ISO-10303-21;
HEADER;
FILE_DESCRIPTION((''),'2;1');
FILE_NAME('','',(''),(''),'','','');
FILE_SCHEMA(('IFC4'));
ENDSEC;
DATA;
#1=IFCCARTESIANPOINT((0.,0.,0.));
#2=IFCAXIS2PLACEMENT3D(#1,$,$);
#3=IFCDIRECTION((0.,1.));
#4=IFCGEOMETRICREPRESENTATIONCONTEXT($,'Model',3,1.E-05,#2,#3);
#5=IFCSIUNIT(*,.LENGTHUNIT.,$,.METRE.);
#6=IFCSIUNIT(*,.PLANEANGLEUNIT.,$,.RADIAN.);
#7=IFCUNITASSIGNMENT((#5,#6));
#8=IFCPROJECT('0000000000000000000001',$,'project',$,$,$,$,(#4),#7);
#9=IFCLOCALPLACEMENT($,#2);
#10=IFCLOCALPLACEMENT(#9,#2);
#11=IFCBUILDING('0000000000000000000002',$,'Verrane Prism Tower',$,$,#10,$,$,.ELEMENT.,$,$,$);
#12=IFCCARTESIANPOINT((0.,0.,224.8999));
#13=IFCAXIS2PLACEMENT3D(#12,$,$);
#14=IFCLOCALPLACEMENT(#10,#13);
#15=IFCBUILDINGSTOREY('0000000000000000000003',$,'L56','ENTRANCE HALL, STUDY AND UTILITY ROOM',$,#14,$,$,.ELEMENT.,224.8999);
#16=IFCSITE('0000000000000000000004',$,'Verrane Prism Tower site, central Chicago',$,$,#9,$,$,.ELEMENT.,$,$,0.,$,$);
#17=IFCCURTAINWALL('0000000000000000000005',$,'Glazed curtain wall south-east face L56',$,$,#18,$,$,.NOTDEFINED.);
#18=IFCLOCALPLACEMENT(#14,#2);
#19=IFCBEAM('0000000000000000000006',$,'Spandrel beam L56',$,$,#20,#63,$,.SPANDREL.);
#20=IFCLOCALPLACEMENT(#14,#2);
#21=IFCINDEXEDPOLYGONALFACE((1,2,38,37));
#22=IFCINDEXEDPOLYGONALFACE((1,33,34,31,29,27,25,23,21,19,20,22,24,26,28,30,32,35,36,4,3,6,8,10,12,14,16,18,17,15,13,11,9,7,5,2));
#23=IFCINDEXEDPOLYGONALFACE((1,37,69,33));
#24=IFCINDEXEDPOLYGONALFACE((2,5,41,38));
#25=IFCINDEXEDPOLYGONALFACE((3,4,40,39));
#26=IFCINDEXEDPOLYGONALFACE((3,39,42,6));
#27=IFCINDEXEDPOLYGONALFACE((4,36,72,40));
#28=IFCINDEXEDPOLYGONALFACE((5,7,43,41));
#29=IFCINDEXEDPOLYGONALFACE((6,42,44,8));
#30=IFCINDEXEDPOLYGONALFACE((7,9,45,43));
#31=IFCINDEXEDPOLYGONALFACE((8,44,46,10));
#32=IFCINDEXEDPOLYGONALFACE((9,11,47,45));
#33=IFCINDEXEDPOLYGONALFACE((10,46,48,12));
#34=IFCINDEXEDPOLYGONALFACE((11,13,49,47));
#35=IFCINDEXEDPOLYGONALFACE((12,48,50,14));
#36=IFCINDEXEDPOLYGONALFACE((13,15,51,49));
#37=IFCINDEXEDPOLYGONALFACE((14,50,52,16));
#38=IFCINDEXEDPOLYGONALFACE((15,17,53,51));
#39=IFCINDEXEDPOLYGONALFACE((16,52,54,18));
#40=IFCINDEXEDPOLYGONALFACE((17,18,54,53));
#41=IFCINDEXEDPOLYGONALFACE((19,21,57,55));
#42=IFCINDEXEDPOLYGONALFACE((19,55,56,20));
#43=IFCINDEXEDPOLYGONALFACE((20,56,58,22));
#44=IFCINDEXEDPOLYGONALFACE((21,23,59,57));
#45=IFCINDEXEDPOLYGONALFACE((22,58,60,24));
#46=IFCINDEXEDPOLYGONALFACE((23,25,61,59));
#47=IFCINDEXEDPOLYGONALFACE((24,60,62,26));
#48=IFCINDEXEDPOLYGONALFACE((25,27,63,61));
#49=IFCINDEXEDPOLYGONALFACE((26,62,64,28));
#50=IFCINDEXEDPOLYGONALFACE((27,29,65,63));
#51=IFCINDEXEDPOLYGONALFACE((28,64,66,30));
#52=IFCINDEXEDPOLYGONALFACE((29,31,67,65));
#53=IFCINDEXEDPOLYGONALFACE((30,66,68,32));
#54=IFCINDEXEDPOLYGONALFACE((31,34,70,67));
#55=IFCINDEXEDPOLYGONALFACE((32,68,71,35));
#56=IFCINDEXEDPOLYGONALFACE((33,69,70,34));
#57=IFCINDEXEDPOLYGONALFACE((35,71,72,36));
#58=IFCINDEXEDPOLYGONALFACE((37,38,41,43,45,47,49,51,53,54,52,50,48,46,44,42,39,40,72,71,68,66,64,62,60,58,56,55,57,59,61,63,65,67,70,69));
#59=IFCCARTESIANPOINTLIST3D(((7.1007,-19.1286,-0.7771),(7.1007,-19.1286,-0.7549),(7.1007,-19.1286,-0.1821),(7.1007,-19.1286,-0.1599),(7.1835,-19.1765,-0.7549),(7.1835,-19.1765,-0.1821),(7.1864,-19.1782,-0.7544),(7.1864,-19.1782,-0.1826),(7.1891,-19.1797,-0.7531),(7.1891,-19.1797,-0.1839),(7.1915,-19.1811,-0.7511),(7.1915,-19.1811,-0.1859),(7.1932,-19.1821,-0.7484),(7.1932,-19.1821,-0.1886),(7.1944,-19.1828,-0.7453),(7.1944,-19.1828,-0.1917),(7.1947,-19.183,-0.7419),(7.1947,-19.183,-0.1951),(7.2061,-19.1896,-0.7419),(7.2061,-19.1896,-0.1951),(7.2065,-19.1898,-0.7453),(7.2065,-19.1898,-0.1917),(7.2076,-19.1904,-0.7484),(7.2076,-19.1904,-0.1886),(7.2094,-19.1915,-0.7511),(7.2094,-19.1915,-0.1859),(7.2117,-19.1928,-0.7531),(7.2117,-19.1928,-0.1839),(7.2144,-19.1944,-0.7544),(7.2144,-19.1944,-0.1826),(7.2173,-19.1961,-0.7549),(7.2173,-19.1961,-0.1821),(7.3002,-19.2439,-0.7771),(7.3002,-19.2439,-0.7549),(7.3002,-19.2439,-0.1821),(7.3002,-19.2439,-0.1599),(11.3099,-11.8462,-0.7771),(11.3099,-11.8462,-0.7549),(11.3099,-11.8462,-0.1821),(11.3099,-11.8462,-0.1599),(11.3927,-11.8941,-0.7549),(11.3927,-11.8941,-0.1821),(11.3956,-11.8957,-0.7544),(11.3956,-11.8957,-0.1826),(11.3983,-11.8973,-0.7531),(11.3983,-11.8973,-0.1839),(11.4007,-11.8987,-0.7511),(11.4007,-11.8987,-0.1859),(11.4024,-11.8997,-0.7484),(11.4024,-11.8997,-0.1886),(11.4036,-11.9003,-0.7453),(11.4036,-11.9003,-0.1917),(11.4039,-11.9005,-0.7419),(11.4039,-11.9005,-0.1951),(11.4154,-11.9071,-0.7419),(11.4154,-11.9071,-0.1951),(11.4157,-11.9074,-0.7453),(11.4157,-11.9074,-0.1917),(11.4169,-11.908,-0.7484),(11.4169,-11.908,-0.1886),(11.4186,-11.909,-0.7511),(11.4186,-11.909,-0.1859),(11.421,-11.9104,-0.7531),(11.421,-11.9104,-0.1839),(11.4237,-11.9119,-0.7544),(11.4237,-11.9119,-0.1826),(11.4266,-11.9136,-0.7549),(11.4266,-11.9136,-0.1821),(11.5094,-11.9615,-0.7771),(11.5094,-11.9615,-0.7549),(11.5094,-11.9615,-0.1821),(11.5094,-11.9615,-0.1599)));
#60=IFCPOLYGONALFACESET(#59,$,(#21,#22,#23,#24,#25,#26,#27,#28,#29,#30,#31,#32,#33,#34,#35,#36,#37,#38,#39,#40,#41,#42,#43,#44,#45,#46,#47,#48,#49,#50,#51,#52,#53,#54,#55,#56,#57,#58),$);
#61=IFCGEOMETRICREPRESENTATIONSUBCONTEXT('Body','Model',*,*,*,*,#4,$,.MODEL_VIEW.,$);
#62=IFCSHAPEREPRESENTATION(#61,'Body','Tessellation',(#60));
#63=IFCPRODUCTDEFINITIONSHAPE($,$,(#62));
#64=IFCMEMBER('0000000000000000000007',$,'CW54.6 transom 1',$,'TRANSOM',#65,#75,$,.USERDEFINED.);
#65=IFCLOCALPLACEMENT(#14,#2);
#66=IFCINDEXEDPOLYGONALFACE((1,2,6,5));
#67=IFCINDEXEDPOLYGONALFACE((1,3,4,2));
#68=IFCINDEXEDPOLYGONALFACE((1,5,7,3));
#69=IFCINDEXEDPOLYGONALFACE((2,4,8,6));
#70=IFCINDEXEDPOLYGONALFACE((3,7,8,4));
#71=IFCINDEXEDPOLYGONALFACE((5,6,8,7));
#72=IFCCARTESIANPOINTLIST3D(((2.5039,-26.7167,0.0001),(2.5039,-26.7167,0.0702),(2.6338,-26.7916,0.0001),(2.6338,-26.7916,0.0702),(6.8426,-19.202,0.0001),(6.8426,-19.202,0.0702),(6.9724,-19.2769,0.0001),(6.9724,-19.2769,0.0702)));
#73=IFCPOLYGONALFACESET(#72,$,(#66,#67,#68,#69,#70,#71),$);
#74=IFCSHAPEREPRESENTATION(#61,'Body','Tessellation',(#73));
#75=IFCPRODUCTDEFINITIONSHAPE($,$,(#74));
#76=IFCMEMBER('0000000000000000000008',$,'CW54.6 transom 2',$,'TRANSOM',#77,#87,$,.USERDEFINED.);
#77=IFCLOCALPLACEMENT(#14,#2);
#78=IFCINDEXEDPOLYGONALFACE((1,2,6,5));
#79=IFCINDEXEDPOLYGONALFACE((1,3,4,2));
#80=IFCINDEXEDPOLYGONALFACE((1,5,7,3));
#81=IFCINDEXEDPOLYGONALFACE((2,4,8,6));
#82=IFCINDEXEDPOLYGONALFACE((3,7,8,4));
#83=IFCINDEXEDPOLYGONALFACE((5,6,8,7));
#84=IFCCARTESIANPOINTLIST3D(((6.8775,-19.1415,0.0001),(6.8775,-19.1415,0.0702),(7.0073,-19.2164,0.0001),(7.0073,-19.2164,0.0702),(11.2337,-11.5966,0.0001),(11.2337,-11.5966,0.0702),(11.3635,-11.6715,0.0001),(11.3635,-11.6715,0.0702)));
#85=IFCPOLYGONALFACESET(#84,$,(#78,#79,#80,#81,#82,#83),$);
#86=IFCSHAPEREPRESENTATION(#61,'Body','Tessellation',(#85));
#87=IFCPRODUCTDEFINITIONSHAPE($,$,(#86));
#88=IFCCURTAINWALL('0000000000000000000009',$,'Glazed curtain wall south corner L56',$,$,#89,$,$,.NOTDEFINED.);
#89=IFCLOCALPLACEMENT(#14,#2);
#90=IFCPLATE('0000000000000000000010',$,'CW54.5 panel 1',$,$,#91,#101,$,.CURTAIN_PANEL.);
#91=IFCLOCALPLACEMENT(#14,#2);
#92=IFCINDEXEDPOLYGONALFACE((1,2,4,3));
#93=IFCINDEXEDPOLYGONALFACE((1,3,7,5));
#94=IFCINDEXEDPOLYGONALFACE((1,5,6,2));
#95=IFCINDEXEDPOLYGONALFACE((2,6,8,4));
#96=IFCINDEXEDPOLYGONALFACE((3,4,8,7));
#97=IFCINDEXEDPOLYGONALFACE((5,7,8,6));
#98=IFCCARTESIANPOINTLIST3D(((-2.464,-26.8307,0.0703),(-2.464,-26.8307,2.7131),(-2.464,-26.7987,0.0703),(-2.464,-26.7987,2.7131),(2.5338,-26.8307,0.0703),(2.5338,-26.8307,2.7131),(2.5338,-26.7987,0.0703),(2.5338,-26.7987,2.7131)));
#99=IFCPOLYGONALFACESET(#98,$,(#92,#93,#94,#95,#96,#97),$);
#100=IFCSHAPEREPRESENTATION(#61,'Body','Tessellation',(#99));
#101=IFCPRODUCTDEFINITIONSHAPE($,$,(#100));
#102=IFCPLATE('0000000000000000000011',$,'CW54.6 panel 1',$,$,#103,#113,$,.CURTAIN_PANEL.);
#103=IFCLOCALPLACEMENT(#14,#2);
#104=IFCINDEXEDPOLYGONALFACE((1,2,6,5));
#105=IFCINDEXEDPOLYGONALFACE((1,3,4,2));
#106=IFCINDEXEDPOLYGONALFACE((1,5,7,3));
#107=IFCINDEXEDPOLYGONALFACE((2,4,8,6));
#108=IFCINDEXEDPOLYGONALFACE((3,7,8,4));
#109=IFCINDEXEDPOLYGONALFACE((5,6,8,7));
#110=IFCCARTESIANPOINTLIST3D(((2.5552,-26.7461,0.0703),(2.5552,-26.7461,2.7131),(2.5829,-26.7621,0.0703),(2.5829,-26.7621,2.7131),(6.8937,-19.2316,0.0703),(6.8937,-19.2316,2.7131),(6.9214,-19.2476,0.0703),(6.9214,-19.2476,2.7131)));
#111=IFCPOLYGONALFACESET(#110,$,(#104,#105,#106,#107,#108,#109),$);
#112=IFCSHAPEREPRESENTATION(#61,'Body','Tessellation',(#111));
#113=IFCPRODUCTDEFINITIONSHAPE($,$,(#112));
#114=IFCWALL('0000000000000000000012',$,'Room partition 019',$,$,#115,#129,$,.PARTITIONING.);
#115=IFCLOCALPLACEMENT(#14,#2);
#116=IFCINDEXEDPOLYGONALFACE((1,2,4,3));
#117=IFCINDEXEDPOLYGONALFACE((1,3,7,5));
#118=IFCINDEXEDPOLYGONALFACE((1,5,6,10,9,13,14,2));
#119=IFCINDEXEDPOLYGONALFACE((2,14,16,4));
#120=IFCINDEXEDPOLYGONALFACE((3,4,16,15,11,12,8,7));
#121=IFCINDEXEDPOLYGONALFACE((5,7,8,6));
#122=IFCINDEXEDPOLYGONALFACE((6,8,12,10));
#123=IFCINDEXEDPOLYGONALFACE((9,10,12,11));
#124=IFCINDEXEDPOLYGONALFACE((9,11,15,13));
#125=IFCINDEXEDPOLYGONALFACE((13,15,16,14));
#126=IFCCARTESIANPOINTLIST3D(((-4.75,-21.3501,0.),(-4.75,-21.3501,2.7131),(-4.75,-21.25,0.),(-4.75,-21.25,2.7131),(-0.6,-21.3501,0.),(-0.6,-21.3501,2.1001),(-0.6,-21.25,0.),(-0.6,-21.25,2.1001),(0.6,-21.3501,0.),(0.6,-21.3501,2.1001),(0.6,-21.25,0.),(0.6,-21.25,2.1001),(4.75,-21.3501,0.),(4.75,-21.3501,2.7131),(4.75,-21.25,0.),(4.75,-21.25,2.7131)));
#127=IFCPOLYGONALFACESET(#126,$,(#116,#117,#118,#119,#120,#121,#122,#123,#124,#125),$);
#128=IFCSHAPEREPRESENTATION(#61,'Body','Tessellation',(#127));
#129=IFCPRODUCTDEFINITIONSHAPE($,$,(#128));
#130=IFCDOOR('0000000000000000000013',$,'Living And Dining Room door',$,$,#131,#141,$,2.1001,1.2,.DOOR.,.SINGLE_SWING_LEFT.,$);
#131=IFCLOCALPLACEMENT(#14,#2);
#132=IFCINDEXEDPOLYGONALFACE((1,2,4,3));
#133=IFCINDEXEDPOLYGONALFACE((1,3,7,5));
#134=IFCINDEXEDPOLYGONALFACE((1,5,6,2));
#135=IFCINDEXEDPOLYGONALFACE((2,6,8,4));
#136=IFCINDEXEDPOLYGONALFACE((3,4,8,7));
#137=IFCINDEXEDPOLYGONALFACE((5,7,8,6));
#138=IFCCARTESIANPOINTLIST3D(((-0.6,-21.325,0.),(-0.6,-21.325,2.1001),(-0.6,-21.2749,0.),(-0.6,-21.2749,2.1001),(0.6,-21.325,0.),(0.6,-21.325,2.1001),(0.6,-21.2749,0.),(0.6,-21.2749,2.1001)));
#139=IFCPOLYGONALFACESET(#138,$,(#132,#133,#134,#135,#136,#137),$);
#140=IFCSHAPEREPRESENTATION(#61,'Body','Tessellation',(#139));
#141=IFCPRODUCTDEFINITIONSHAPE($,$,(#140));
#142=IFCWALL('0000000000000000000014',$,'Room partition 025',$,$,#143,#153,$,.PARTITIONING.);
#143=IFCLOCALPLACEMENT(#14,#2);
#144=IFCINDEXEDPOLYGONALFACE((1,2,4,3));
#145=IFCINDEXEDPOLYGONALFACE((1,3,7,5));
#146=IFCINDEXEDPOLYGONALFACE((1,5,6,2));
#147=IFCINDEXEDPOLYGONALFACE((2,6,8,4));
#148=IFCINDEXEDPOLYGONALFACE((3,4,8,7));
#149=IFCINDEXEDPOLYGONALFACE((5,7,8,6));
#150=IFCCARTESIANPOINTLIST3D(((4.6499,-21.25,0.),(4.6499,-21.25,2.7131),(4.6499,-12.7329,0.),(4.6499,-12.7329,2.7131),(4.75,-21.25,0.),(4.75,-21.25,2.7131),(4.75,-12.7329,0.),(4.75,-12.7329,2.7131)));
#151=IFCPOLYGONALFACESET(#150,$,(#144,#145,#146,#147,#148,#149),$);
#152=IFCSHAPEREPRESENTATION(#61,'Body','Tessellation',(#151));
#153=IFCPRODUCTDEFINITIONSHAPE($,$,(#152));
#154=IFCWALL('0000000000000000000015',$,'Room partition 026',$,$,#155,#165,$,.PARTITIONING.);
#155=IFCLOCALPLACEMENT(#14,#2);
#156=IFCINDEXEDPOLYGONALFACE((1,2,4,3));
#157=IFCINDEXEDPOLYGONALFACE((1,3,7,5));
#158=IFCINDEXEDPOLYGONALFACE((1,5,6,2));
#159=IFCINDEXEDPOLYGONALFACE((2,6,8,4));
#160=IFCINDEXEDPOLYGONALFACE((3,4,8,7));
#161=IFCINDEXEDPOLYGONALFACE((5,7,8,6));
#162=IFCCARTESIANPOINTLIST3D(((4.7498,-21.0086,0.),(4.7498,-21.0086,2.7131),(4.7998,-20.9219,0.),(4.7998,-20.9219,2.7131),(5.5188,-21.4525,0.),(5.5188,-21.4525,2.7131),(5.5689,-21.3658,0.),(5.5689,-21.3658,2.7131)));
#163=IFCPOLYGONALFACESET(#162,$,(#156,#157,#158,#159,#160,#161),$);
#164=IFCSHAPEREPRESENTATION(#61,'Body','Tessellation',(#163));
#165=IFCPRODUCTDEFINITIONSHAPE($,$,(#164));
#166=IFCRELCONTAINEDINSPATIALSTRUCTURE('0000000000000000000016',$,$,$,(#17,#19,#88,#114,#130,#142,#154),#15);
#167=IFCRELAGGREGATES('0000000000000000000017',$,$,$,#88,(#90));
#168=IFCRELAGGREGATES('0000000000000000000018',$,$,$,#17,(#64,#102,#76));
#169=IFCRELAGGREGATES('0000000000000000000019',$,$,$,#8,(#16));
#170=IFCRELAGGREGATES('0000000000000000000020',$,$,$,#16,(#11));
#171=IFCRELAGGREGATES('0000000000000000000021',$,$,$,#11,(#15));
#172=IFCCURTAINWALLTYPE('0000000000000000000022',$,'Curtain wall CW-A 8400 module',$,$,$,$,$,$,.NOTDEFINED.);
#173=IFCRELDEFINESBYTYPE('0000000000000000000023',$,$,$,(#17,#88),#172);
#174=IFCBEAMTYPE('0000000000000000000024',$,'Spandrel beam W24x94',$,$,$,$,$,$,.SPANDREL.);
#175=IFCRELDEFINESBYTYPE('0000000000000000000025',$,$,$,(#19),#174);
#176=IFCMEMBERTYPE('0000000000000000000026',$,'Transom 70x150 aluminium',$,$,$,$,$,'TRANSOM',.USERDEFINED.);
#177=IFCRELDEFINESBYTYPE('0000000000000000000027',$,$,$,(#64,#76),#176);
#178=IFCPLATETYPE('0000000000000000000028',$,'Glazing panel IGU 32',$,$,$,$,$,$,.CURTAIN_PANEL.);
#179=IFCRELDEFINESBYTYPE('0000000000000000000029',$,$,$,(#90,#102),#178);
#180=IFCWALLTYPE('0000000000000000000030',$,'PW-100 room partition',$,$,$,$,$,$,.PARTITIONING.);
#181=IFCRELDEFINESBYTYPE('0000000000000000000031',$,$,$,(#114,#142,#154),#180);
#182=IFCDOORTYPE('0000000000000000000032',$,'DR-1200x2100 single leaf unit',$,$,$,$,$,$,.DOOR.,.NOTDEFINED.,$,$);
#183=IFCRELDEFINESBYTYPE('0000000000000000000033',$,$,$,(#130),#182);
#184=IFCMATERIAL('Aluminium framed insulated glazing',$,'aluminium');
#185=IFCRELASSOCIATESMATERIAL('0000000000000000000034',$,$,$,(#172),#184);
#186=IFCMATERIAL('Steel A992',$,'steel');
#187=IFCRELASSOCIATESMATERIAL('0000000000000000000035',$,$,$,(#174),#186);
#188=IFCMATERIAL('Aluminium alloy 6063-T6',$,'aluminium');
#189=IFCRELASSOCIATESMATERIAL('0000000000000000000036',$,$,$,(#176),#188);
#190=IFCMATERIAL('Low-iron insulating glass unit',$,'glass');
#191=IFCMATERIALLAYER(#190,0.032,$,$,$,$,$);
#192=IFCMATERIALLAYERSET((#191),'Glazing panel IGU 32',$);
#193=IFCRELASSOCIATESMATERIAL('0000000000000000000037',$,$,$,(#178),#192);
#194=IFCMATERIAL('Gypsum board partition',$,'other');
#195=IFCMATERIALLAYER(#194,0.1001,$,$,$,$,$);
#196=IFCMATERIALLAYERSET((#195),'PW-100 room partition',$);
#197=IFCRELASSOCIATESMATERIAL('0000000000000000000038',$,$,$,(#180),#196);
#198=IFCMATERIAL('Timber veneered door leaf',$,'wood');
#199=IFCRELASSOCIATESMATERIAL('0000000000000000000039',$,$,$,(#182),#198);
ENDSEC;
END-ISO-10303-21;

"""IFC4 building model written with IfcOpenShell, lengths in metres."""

from ifc_helpers import new_model, si_unit, direction, frame, frame_2d, origin, origin_2d, place, context, subcontext, project, spatial, rectangle, i_section, extrude, material, layer, layer_set, material_profile, profile_set, type_object, element, fill, aggregate, save


model = new_model("IFC4")

# Units and contexts
model_context = context("Model", 3, precision=1e-05, world=origin(), true_north=direction((0.0, 1.0)))
body_context = subcontext(model_context, "Body", "Model", "MODEL_VIEW")
ifc_project = project(units=[si_unit("LENGTHUNIT", "METRE"), si_unit("PLANEANGLEUNIT", "RADIAN")], contexts=[model_context])

# Site, building, storey
site_placement = place(None, origin())
site = spatial("IfcSite", under=ifc_project, at=site_placement, Name="Verrane Prism Tower site, central Chicago", CompositionType="ELEMENT", RefElevation=0.0)
building_placement = place(site_placement, origin())
building = spatial("IfcBuilding", under=site, at=building_placement, Name="Verrane Prism Tower", CompositionType="ELEMENT")
storey_placement = place(building_placement, frame((0.0, 0.0, 224.8999)))
storey = spatial("IfcBuildingStorey", under=building, at=storey_placement, Name="L56", Description="ENTRANCE HALL, STUDY AND UTILITY ROOM", CompositionType="ELEMENT", Elevation=224.8999)

# Curtain wall
ifc_material_1 = material(Name="Aluminium framed insulated glazing", Category="aluminium")
curtain_wall_type = type_object("IfcCurtainWallType", Name="Curtain wall CW-A 8400 module", PredefinedType="NOTDEFINED", material=ifc_material_1)
curtain_wall_1_placement = place(storey_placement, origin())
curtain_wall_1 = element("IfcCurtainWall", 1, at=curtain_wall_1_placement, inside=storey, type_object=curtain_wall_type, Name="Glazed curtain wall south-east face L56", PredefinedType="NOTDEFINED")

# Beam
ifc_material_2 = material(Name="Steel A992", Category="steel")
ifc_material_profile_1 = material_profile(ifc_material_2, i_section(OverallWidth=0.2305, OverallDepth=0.6172, WebThickness=0.0132, FlangeThickness=0.0222, FilletRadius=0.0129, at=origin_2d()), Name="W24x94")
ifc_profile_set_1 = profile_set([ifc_material_profile_1], Name="Steel A992")
beam_type_1 = type_object("IfcBeamType", Name="Spandrel beam W24x94", PredefinedType="SPANDREL", material=ifc_profile_set_1)
beam_1_placement = place(storey_placement, frame((7.2004, -19.1863, -0.4685), z_axis=(0.500418, 0.865784, 0.0), x_axis=(-0.865784, 0.500418, 0.0)))
element("IfcBeam", 2, at=beam_1_placement, inside=storey, type_object=beam_type_1, Name="Spandrel beam L56", PredefinedType="SPANDREL", context=body_context, shape_type="SweptSolid", body=[
    extrude(i_section(OverallWidth=0.2305, OverallDepth=0.6172, WebThickness=0.0132, FlangeThickness=0.0222, FilletRadius=0.0129, at=origin_2d()), origin(), (0.0, 0.0, 1.0), 8.4114),
])

# Members
ifc_material_3 = material(Name="Aluminium alloy 6063-T6", Category="aluminium")
ifc_material_profile_2 = material_profile(ifc_material_3, rectangle(XDim=0.1499, YDim=0.0701, at=origin_2d()), Name="Transom 70x150 aluminium")
ifc_profile_set_2 = profile_set([ifc_material_profile_2], Name="Aluminium alloy 6063-T6")
member_type_1 = type_object("IfcMemberType", Name="Transom 70x150 aluminium", ElementType="TRANSOM", PredefinedType="USERDEFINED", material=ifc_profile_set_2)
member_1_placement = place(storey_placement, frame((2.5688, -26.7542, 0.0352), z_axis=(0.500003, 0.866023, 0.0), x_axis=(-0.866023, 0.500003, 0.0)))
member_1 = element("IfcMember", 3, at=member_1_placement, type_object=member_type_1, Name="CW54.6 transom 1", ObjectType="TRANSOM", PredefinedType="USERDEFINED", context=body_context, shape_type="SweptSolid", body=[
    extrude(rectangle(XDim=0.1499, YDim=0.0701, at=origin_2d()), origin(), (0.0, 0.0, 1.0), 8.6772),
])
member_2_placement = place(storey_placement, frame((6.9424, -19.179, 0.0352), z_axis=(0.500012, 0.866019, 0.0), x_axis=(-0.866019, 0.500012, 0.0)))
member_2 = element("IfcMember", 4, at=member_2_placement, type_object=member_type_1, Name="CW54.6 transom 2", ObjectType="TRANSOM", PredefinedType="USERDEFINED", context=body_context, shape_type="SweptSolid", body=[
    extrude(rectangle(XDim=0.1499, YDim=0.0701, at=origin_2d()), origin(), (0.0, 0.0, 1.0), 8.7122),
])

# Curtain wall, plate
curtain_wall_2_placement = place(storey_placement, origin())
curtain_wall_2 = element("IfcCurtainWall", 5, at=curtain_wall_2_placement, inside=storey, type_object=curtain_wall_type, Name="Glazed curtain wall south corner L56", PredefinedType="NOTDEFINED")
ifc_material_4 = material(Name="Low-iron insulating glass unit", Category="glass")
ifc_layer_1 = layer(ifc_material_4, 0.032)
ifc_layer_set_1 = layer_set([ifc_layer_1], Name="Glazing panel IGU 32")
plate_type = type_object("IfcPlateType", Name="Glazing panel IGU 32", PredefinedType="CURTAIN_PANEL", material=ifc_layer_set_1)
plate_1_placement = place(storey_placement, frame((0.0349, -26.8147, 0.0703), z_axis=(0.0, 0.0, 1.0), x_axis=(1.0, 0.0, 0.0)))
plate_1 = element("IfcPlate", 6, at=plate_1_placement, type_object=plate_type, Name="CW54.5 panel 1", PredefinedType="CURTAIN_PANEL", context=body_context, shape_type="SweptSolid", body=[
    extrude(rectangle(XDim=4.9978, YDim=0.032, at=origin_2d()), origin(), (0.0, 0.0, 1.0), 2.6428),
])
aggregate(curtain_wall_2, [plate_1])

# Plate
plate_2_placement = place(storey_placement, frame((4.7383, -22.9968, 0.0703), z_axis=(0.0, 0.0, 1.0), x_axis=(0.500001, 0.866025, 0.0)))
plate_2 = element("IfcPlate", 7, at=plate_2_placement, type_object=plate_type, Name="CW54.6 panel 1", PredefinedType="CURTAIN_PANEL", context=body_context, shape_type="SweptSolid", body=[
    extrude(rectangle(XDim=8.677, YDim=0.032, at=origin_2d()), origin(), (0.0, 0.0, 1.0), 2.6428),
])
aggregate(curtain_wall_1, [member_1, plate_2, member_2])

# Wall, opening, door
ifc_material_5 = material(Name="Gypsum board partition", Category="other")
ifc_layer_2 = layer(ifc_material_5, 0.1001)
ifc_layer_set_2 = layer_set([ifc_layer_2], Name="PW-100 room partition")
wall_type = type_object("IfcWallType", Name="PW-100 room partition", PredefinedType="PARTITIONING", material=ifc_layer_set_2)
wall_1_placement = place(storey_placement, frame((4.75, -21.3, 0.0), z_axis=(0.0, 0.0, 1.0), x_axis=(-1.0, 0.0, 0.0)))
wall_1 = element("IfcWall", 8, at=wall_1_placement, inside=storey, type_object=wall_type, Name="Room partition 019", PredefinedType="PARTITIONING", context=body_context, shape_type="SweptSolid", body=[
    extrude(rectangle(XDim=9.5, YDim=0.1001, at=frame_2d((4.75, 0.0))), origin(), (0.0, 0.0, 1.0), 2.7131),
])
opening_placement = place(wall_1_placement, frame((4.1499, 0.0, 0.0)))
opening = element("IfcOpeningElement", 9, at=opening_placement, cuts=wall_1, PredefinedType="OPENING", context=body_context, shape_type="SweptSolid", body=[
    extrude(rectangle(XDim=1.2, YDim=2.1001, at=frame_2d((0.6001, 1.05))), frame((0.0, 0.0601, 0.0), z_axis=(0.0, -1.0, 0.0), x_axis=(1.0, 0.0, 0.0)), (0.0, 0.0, 1.0), 0.1201),
])
ifc_material_6 = material(Name="Timber veneered door leaf", Category="wood")
door_type = type_object("IfcDoorType", Name="DR-1200x2100 single leaf unit", OperationType="NOTDEFINED", PredefinedType="DOOR", material=ifc_material_6)
door_placement = place(opening_placement, origin())
door = element("IfcDoor", 10, at=door_placement, inside=storey, type_object=door_type, Name="Living And Dining Room door", OperationType="SINGLE_SWING_LEFT", OverallHeight=2.1001, OverallWidth=1.2, PredefinedType="DOOR", context=body_context, shape_type="SweptSolid", body=[
    extrude(rectangle(XDim=1.2, YDim=2.1001, at=frame_2d((0.6001, 1.05))), frame((0.0, 0.0249, 0.0), z_axis=(0.0, -1.0, 0.0), x_axis=(1.0, 0.0, 0.0)), (0.0, 0.0, 1.0), 0.05),
])
fill(opening, door)

# Walls
wall_2_placement = place(storey_placement, frame((4.7, -21.25, 0.0), z_axis=(0.0, 0.0, 1.0), x_axis=(0.0, 1.0, 0.0)))
element("IfcWall", 11, at=wall_2_placement, inside=storey, type_object=wall_type, Name="Room partition 025", PredefinedType="PARTITIONING", context=body_context, shape_type="SweptSolid", body=[
    extrude(rectangle(XDim=8.5171, YDim=0.1001, at=frame_2d((4.2585, 0.0))), origin(), (0.0, 0.0, 1.0), 2.7131),
])
wall_3_placement = place(storey_placement, frame((4.7749, -20.9653, 0.0), z_axis=(0.0, 0.0, 1.0), x_axis=(0.866103, -0.499865, 0.0)))
element("IfcWall", 12, at=wall_3_placement, inside=storey, type_object=wall_type, Name="Room partition 026", PredefinedType="PARTITIONING", context=body_context, shape_type="SweptSolid", body=[
    extrude(rectangle(XDim=0.8879, YDim=0.1001, at=frame_2d((0.4438, 0.0))), origin(), (0.0, 0.0, 1.0), 2.7131),
])

save(model, "model.ifc")
